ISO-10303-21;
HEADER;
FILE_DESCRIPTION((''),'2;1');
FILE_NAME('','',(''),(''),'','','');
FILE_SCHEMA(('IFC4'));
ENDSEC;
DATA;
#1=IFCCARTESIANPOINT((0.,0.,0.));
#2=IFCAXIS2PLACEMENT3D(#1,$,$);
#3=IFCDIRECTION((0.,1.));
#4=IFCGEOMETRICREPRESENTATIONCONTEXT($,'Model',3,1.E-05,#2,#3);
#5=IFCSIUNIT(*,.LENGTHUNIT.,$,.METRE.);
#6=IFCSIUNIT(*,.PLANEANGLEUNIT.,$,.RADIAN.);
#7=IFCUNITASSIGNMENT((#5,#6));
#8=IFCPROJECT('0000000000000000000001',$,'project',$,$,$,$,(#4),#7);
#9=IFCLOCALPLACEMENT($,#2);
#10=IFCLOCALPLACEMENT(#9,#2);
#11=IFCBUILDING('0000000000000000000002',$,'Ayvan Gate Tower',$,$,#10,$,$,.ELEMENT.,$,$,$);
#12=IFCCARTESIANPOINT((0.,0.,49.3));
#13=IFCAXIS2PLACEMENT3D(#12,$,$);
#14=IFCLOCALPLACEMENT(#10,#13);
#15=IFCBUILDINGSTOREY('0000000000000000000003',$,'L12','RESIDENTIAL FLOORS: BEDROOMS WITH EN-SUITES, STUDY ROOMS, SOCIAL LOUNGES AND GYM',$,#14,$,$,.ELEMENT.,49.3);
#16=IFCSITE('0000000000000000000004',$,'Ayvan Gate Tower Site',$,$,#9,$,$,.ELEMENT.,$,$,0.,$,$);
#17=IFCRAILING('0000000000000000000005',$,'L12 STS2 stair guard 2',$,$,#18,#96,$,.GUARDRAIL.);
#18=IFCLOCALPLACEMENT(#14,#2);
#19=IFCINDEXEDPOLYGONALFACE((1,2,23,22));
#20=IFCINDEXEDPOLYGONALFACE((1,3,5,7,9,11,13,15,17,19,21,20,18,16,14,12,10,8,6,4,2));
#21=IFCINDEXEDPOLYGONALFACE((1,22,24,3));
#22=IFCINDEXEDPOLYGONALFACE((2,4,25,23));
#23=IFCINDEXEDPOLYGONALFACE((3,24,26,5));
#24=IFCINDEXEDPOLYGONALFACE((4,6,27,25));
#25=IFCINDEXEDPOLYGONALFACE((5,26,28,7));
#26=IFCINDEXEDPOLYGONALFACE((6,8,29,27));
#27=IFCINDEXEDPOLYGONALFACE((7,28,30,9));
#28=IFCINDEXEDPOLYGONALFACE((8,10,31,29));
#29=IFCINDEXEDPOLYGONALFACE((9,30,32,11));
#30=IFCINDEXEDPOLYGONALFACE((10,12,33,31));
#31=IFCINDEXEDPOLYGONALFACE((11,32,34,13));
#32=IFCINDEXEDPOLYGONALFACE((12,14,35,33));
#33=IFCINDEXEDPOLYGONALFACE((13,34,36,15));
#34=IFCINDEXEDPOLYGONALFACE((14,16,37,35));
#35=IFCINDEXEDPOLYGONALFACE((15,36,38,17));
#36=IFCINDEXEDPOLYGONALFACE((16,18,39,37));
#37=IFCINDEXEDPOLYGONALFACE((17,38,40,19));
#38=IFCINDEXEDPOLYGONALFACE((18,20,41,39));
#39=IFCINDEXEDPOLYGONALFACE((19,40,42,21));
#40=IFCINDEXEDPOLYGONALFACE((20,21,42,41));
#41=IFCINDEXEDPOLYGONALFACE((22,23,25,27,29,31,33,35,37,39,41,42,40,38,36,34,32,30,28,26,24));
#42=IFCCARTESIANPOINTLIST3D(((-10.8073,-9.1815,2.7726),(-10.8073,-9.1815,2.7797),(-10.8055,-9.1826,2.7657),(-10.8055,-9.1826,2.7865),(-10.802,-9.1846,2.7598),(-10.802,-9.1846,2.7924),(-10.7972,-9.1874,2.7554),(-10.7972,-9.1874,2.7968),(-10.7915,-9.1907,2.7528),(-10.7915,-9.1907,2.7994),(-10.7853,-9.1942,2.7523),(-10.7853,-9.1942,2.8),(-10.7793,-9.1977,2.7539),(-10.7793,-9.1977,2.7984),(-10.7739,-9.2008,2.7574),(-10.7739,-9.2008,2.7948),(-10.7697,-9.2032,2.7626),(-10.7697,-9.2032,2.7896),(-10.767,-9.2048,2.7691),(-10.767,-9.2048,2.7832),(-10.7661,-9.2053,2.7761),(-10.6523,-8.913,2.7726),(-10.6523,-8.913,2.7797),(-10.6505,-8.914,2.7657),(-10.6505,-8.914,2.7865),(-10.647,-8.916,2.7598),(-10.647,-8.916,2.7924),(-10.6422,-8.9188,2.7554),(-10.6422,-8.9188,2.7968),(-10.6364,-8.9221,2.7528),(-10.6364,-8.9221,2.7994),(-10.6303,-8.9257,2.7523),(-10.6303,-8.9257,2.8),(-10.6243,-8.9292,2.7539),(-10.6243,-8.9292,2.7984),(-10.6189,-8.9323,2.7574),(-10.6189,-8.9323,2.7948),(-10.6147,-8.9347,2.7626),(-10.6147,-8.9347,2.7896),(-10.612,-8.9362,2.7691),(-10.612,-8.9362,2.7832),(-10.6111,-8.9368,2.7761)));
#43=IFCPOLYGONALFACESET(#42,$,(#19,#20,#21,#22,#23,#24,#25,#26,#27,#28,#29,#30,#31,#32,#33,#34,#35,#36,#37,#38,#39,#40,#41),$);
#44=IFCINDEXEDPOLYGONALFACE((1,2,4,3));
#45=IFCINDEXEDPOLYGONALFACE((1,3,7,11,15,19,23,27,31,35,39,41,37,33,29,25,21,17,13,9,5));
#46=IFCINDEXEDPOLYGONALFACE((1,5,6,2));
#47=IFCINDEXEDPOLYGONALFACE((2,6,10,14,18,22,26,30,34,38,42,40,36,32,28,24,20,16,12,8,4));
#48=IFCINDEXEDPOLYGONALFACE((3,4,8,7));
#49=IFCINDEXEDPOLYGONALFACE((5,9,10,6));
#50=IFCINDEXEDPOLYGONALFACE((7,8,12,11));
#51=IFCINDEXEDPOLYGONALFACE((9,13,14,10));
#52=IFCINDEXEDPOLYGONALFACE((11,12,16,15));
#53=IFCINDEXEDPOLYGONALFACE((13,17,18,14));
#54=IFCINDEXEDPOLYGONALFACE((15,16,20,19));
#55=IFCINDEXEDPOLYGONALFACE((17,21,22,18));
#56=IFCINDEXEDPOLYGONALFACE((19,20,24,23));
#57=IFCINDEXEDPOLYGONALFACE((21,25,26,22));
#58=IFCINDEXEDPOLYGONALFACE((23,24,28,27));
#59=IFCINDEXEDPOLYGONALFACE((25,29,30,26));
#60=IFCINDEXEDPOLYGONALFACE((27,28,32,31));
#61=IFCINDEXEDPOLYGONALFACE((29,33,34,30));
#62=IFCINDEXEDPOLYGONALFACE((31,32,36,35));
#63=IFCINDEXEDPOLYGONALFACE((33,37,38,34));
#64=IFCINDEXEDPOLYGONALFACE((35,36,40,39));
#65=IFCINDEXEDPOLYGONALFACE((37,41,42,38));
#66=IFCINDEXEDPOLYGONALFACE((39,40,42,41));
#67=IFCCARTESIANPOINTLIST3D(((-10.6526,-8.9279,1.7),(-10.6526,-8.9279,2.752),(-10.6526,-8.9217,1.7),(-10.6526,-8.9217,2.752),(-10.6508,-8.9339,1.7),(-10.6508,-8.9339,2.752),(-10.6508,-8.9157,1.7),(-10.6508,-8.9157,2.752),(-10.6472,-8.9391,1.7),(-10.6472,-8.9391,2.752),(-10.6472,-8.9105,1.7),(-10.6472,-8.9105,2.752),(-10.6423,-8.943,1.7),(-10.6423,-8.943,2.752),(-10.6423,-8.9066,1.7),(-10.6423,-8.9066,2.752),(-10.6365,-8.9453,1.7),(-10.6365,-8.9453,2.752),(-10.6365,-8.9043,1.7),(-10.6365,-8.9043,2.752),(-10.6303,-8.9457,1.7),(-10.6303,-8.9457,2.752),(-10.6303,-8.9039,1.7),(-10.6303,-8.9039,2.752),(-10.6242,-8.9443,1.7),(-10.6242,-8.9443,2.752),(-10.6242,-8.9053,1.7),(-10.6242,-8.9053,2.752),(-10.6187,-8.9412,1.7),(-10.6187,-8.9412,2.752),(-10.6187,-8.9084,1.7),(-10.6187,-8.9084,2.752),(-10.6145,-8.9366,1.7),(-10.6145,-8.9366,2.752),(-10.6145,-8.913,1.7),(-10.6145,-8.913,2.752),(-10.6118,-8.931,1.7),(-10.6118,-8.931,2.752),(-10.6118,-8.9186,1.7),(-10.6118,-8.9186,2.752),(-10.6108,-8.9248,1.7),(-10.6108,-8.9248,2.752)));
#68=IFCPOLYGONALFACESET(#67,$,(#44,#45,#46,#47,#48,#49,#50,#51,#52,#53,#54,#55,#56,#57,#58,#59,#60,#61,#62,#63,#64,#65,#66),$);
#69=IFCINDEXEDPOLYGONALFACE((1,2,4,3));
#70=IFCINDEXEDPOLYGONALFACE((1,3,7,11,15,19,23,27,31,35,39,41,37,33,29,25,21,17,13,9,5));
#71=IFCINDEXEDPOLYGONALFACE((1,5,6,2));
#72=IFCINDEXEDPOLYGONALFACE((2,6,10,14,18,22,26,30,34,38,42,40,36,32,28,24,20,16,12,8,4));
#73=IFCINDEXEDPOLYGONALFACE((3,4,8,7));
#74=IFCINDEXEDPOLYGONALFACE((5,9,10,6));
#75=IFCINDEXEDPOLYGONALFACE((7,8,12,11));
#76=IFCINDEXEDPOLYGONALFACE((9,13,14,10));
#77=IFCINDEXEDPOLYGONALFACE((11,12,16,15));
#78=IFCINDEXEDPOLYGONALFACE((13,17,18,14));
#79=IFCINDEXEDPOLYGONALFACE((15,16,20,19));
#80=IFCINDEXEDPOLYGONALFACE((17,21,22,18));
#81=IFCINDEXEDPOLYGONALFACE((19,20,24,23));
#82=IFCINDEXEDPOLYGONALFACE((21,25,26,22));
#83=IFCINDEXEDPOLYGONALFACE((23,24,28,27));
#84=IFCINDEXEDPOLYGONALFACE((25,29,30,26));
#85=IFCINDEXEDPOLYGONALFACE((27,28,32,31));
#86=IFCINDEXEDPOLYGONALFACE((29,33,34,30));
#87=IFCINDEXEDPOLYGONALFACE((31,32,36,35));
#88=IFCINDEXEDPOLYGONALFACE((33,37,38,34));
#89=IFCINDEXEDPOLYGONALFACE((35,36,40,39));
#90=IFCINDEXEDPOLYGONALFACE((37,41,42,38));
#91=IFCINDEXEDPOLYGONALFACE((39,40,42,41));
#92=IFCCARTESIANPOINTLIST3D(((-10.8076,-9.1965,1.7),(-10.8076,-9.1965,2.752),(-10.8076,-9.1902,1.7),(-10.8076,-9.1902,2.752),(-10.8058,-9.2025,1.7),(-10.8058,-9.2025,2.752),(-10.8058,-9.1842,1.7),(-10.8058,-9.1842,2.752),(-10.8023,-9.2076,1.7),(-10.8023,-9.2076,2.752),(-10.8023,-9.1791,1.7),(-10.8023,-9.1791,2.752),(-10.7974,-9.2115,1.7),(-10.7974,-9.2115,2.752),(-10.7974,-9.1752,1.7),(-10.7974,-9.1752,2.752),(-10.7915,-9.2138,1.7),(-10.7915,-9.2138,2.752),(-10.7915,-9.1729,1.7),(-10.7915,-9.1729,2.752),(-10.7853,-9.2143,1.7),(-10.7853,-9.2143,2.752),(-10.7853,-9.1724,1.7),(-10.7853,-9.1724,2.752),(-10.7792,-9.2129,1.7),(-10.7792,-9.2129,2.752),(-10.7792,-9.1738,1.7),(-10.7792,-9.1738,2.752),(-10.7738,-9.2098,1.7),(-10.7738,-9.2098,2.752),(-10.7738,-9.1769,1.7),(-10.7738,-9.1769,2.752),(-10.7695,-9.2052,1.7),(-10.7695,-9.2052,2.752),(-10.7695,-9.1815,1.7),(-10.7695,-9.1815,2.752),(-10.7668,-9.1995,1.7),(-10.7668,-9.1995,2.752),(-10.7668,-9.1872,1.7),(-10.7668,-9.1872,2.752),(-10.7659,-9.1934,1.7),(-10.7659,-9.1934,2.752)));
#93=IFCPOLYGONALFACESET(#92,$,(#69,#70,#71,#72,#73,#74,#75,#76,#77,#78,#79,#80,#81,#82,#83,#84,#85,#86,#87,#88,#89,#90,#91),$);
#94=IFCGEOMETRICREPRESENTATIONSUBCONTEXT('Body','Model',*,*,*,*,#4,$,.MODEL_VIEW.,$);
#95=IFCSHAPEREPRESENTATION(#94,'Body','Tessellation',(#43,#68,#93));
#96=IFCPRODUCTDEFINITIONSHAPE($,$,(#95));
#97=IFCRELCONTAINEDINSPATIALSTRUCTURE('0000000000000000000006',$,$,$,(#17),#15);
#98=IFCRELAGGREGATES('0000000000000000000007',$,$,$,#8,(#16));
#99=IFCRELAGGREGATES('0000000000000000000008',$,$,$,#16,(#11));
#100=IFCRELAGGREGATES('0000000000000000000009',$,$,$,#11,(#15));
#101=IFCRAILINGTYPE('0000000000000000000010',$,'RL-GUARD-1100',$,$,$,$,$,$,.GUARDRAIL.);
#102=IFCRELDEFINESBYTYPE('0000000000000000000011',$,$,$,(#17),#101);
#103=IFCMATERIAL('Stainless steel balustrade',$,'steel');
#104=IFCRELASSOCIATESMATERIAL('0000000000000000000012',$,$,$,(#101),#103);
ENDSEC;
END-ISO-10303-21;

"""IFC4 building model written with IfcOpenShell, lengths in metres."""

from ifc_helpers import new_model, si_unit, direction, frame, origin, origin_2d, place, context, subcontext, project, spatial, circle, extrude, material, type_object, element, save


model = new_model("IFC4")

# Units and contexts
model_context = context("Model", 3, precision=1e-05, world=origin(), true_north=direction((0.0, 1.0)))
body_context = subcontext(model_context, "Body", "Model", "MODEL_VIEW")
ifc_project = project(units=[si_unit("LENGTHUNIT", "METRE"), si_unit("PLANEANGLEUNIT", "RADIAN")], contexts=[model_context])

# Site, building, storey
site_placement = place(None, origin())
site = spatial("IfcSite", under=ifc_project, at=site_placement, Name="Ayvan Gate Tower Site", CompositionType="ELEMENT", RefElevation=0.0)
building_placement = place(site_placement, origin())
building = spatial("IfcBuilding", under=site, at=building_placement, Name="Ayvan Gate Tower", CompositionType="ELEMENT")
storey_placement = place(building_placement, frame((0.0, 0.0, 49.3)))
storey = spatial("IfcBuildingStorey", under=building, at=storey_placement, Name="L12", Description="RESIDENTIAL FLOORS: BEDROOMS WITH EN-SUITES, STUDY ROOMS, SOCIAL LOUNGES AND GYM", CompositionType="ELEMENT", Elevation=49.3)

# Railing
ifc_material_1 = material(Name="Stainless steel balustrade", Category="steel")
railing_type_1 = type_object("IfcRailingType", Name="RL-GUARD-1100", PredefinedType="GUARDRAIL", material=ifc_material_1)
railing_1_placement = place(storey_placement, frame((-10.6318, -8.9248, 1.7)))
element("IfcRailing", 1, at=railing_1_placement, inside=storey, type_object=railing_type_1, Name="L12 STS2 stair guard 2", PredefinedType="GUARDRAIL", context=body_context, shape_type="SweptSolid", body=[
    extrude(circle(Radius=0.0239, at=origin_2d()), frame((0.0, 0.0, 1.0762), z_axis=(-0.49995, -0.866054, 0.0), x_axis=(0.866054, -0.49995, 0.0)), (0.0, 0.0, 1.0), 0.3101),
    extrude(circle(Radius=0.021, at=origin_2d()), origin(), (0.0, 0.0, 1.0), 1.052),
    extrude(circle(Radius=0.021, at=origin_2d()), frame((-0.155, -0.2686, 0.0)), (0.0, 0.0, 1.0), 1.052),
])

save(model, "model.ifc")
